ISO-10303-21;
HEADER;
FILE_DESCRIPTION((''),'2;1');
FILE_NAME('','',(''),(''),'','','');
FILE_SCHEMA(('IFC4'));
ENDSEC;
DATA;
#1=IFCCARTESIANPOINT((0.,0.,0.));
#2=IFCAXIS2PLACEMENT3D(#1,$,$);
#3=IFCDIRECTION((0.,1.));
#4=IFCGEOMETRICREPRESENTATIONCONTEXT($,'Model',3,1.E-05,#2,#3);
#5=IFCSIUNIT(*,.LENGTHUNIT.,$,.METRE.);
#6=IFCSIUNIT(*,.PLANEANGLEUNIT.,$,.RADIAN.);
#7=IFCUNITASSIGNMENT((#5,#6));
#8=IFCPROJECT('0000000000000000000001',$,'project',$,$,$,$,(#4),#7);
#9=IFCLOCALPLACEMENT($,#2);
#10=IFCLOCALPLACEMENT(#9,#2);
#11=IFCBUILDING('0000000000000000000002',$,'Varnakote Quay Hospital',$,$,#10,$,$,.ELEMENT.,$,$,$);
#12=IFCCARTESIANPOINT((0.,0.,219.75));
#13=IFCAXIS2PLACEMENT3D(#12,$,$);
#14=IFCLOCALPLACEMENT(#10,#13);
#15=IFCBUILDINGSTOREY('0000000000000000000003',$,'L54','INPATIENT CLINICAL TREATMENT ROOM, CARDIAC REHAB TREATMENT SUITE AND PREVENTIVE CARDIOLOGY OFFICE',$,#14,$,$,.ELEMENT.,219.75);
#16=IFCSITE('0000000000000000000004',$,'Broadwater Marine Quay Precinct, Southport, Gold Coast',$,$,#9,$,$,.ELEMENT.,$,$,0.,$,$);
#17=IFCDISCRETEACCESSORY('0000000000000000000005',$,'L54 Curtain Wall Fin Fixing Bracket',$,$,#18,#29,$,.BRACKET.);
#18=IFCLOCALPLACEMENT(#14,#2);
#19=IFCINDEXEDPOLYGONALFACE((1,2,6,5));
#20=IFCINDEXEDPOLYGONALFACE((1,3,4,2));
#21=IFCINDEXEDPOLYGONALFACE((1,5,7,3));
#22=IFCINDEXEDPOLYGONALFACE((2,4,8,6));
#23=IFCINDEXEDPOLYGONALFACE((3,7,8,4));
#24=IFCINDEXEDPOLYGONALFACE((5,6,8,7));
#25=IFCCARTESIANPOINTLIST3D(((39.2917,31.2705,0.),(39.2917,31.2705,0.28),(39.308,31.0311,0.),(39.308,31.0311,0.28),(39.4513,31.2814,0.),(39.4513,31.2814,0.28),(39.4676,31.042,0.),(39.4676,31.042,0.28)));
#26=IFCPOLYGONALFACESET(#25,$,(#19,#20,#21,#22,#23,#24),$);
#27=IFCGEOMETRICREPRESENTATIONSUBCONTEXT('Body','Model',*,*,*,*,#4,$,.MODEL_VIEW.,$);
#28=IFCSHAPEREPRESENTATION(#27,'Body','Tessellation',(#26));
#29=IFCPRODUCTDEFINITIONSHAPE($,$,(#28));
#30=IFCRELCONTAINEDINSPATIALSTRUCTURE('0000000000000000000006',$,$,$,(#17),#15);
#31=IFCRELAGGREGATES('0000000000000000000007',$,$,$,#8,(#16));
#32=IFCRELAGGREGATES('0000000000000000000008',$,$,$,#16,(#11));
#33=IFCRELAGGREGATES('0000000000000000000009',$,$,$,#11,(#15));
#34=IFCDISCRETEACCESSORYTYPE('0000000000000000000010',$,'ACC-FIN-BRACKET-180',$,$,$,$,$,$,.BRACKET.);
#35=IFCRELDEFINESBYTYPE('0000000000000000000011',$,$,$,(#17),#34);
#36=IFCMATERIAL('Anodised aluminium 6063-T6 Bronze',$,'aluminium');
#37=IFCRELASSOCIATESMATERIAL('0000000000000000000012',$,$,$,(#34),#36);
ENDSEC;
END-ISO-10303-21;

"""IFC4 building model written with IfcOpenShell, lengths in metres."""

from ifc_helpers import new_model, si_unit, direction, frame, origin, origin_2d, place, context, subcontext, project, spatial, rectangle, extrude, material, type_object, element, save


model = new_model("IFC4")

# Units and contexts
model_context = context("Model", 3, precision=1e-05, world=origin(), true_north=direction((0.0, 1.0)))
body_context = subcontext(model_context, "Body", "Model", "MODEL_VIEW")
ifc_project = project(units=[si_unit("LENGTHUNIT", "METRE"), si_unit("PLANEANGLEUNIT", "RADIAN")], contexts=[model_context])

# Site, building, storey
site_placement = place(None, origin())
site = spatial("IfcSite", under=ifc_project, at=site_placement, Name="Broadwater Marine Quay Precinct, Southport, Gold Coast", CompositionType="ELEMENT", RefElevation=0.0)
building_placement = place(site_placement, origin())
building = spatial("IfcBuilding", under=site, at=building_placement, Name="Varnakote Quay Hospital", CompositionType="ELEMENT")
storey_placement = place(building_placement, frame((0.0, 0.0, 219.75)))
storey = spatial("IfcBuildingStorey", under=building, at=storey_placement, Name="L54", Description="INPATIENT CLINICAL TREATMENT ROOM, CARDIAC REHAB TREATMENT SUITE AND PREVENTIVE CARDIOLOGY OFFICE", CompositionType="ELEMENT", Elevation=219.75)

# Discrete accessory
ifc_material_1 = material(Name="Anodised aluminium 6063-T6 Bronze", Category="aluminium")
discrete_accessory_type = type_object("IfcDiscreteAccessoryType", Name="ACC-FIN-BRACKET-180", PredefinedType="BRACKET", material=ifc_material_1)
discrete_accessory_placement = place(storey_placement, frame((39.3796, 31.1562, 0.0), z_axis=(0.0, 0.0, 1.0), x_axis=(-0.997696, -0.067841, 0.0)))
element("IfcDiscreteAccessory", 1, at=discrete_accessory_placement, inside=storey, type_object=discrete_accessory_type, Name="L54 Curtain Wall Fin Fixing Bracket", PredefinedType="BRACKET", context=body_context, shape_type="SweptSolid", body=[
    extrude(rectangle(XDim=0.1599, YDim=0.24, at=origin_2d()), origin(), (0.0, 0.0, 1.0), 0.28),
])

save(model, "model.ifc")
